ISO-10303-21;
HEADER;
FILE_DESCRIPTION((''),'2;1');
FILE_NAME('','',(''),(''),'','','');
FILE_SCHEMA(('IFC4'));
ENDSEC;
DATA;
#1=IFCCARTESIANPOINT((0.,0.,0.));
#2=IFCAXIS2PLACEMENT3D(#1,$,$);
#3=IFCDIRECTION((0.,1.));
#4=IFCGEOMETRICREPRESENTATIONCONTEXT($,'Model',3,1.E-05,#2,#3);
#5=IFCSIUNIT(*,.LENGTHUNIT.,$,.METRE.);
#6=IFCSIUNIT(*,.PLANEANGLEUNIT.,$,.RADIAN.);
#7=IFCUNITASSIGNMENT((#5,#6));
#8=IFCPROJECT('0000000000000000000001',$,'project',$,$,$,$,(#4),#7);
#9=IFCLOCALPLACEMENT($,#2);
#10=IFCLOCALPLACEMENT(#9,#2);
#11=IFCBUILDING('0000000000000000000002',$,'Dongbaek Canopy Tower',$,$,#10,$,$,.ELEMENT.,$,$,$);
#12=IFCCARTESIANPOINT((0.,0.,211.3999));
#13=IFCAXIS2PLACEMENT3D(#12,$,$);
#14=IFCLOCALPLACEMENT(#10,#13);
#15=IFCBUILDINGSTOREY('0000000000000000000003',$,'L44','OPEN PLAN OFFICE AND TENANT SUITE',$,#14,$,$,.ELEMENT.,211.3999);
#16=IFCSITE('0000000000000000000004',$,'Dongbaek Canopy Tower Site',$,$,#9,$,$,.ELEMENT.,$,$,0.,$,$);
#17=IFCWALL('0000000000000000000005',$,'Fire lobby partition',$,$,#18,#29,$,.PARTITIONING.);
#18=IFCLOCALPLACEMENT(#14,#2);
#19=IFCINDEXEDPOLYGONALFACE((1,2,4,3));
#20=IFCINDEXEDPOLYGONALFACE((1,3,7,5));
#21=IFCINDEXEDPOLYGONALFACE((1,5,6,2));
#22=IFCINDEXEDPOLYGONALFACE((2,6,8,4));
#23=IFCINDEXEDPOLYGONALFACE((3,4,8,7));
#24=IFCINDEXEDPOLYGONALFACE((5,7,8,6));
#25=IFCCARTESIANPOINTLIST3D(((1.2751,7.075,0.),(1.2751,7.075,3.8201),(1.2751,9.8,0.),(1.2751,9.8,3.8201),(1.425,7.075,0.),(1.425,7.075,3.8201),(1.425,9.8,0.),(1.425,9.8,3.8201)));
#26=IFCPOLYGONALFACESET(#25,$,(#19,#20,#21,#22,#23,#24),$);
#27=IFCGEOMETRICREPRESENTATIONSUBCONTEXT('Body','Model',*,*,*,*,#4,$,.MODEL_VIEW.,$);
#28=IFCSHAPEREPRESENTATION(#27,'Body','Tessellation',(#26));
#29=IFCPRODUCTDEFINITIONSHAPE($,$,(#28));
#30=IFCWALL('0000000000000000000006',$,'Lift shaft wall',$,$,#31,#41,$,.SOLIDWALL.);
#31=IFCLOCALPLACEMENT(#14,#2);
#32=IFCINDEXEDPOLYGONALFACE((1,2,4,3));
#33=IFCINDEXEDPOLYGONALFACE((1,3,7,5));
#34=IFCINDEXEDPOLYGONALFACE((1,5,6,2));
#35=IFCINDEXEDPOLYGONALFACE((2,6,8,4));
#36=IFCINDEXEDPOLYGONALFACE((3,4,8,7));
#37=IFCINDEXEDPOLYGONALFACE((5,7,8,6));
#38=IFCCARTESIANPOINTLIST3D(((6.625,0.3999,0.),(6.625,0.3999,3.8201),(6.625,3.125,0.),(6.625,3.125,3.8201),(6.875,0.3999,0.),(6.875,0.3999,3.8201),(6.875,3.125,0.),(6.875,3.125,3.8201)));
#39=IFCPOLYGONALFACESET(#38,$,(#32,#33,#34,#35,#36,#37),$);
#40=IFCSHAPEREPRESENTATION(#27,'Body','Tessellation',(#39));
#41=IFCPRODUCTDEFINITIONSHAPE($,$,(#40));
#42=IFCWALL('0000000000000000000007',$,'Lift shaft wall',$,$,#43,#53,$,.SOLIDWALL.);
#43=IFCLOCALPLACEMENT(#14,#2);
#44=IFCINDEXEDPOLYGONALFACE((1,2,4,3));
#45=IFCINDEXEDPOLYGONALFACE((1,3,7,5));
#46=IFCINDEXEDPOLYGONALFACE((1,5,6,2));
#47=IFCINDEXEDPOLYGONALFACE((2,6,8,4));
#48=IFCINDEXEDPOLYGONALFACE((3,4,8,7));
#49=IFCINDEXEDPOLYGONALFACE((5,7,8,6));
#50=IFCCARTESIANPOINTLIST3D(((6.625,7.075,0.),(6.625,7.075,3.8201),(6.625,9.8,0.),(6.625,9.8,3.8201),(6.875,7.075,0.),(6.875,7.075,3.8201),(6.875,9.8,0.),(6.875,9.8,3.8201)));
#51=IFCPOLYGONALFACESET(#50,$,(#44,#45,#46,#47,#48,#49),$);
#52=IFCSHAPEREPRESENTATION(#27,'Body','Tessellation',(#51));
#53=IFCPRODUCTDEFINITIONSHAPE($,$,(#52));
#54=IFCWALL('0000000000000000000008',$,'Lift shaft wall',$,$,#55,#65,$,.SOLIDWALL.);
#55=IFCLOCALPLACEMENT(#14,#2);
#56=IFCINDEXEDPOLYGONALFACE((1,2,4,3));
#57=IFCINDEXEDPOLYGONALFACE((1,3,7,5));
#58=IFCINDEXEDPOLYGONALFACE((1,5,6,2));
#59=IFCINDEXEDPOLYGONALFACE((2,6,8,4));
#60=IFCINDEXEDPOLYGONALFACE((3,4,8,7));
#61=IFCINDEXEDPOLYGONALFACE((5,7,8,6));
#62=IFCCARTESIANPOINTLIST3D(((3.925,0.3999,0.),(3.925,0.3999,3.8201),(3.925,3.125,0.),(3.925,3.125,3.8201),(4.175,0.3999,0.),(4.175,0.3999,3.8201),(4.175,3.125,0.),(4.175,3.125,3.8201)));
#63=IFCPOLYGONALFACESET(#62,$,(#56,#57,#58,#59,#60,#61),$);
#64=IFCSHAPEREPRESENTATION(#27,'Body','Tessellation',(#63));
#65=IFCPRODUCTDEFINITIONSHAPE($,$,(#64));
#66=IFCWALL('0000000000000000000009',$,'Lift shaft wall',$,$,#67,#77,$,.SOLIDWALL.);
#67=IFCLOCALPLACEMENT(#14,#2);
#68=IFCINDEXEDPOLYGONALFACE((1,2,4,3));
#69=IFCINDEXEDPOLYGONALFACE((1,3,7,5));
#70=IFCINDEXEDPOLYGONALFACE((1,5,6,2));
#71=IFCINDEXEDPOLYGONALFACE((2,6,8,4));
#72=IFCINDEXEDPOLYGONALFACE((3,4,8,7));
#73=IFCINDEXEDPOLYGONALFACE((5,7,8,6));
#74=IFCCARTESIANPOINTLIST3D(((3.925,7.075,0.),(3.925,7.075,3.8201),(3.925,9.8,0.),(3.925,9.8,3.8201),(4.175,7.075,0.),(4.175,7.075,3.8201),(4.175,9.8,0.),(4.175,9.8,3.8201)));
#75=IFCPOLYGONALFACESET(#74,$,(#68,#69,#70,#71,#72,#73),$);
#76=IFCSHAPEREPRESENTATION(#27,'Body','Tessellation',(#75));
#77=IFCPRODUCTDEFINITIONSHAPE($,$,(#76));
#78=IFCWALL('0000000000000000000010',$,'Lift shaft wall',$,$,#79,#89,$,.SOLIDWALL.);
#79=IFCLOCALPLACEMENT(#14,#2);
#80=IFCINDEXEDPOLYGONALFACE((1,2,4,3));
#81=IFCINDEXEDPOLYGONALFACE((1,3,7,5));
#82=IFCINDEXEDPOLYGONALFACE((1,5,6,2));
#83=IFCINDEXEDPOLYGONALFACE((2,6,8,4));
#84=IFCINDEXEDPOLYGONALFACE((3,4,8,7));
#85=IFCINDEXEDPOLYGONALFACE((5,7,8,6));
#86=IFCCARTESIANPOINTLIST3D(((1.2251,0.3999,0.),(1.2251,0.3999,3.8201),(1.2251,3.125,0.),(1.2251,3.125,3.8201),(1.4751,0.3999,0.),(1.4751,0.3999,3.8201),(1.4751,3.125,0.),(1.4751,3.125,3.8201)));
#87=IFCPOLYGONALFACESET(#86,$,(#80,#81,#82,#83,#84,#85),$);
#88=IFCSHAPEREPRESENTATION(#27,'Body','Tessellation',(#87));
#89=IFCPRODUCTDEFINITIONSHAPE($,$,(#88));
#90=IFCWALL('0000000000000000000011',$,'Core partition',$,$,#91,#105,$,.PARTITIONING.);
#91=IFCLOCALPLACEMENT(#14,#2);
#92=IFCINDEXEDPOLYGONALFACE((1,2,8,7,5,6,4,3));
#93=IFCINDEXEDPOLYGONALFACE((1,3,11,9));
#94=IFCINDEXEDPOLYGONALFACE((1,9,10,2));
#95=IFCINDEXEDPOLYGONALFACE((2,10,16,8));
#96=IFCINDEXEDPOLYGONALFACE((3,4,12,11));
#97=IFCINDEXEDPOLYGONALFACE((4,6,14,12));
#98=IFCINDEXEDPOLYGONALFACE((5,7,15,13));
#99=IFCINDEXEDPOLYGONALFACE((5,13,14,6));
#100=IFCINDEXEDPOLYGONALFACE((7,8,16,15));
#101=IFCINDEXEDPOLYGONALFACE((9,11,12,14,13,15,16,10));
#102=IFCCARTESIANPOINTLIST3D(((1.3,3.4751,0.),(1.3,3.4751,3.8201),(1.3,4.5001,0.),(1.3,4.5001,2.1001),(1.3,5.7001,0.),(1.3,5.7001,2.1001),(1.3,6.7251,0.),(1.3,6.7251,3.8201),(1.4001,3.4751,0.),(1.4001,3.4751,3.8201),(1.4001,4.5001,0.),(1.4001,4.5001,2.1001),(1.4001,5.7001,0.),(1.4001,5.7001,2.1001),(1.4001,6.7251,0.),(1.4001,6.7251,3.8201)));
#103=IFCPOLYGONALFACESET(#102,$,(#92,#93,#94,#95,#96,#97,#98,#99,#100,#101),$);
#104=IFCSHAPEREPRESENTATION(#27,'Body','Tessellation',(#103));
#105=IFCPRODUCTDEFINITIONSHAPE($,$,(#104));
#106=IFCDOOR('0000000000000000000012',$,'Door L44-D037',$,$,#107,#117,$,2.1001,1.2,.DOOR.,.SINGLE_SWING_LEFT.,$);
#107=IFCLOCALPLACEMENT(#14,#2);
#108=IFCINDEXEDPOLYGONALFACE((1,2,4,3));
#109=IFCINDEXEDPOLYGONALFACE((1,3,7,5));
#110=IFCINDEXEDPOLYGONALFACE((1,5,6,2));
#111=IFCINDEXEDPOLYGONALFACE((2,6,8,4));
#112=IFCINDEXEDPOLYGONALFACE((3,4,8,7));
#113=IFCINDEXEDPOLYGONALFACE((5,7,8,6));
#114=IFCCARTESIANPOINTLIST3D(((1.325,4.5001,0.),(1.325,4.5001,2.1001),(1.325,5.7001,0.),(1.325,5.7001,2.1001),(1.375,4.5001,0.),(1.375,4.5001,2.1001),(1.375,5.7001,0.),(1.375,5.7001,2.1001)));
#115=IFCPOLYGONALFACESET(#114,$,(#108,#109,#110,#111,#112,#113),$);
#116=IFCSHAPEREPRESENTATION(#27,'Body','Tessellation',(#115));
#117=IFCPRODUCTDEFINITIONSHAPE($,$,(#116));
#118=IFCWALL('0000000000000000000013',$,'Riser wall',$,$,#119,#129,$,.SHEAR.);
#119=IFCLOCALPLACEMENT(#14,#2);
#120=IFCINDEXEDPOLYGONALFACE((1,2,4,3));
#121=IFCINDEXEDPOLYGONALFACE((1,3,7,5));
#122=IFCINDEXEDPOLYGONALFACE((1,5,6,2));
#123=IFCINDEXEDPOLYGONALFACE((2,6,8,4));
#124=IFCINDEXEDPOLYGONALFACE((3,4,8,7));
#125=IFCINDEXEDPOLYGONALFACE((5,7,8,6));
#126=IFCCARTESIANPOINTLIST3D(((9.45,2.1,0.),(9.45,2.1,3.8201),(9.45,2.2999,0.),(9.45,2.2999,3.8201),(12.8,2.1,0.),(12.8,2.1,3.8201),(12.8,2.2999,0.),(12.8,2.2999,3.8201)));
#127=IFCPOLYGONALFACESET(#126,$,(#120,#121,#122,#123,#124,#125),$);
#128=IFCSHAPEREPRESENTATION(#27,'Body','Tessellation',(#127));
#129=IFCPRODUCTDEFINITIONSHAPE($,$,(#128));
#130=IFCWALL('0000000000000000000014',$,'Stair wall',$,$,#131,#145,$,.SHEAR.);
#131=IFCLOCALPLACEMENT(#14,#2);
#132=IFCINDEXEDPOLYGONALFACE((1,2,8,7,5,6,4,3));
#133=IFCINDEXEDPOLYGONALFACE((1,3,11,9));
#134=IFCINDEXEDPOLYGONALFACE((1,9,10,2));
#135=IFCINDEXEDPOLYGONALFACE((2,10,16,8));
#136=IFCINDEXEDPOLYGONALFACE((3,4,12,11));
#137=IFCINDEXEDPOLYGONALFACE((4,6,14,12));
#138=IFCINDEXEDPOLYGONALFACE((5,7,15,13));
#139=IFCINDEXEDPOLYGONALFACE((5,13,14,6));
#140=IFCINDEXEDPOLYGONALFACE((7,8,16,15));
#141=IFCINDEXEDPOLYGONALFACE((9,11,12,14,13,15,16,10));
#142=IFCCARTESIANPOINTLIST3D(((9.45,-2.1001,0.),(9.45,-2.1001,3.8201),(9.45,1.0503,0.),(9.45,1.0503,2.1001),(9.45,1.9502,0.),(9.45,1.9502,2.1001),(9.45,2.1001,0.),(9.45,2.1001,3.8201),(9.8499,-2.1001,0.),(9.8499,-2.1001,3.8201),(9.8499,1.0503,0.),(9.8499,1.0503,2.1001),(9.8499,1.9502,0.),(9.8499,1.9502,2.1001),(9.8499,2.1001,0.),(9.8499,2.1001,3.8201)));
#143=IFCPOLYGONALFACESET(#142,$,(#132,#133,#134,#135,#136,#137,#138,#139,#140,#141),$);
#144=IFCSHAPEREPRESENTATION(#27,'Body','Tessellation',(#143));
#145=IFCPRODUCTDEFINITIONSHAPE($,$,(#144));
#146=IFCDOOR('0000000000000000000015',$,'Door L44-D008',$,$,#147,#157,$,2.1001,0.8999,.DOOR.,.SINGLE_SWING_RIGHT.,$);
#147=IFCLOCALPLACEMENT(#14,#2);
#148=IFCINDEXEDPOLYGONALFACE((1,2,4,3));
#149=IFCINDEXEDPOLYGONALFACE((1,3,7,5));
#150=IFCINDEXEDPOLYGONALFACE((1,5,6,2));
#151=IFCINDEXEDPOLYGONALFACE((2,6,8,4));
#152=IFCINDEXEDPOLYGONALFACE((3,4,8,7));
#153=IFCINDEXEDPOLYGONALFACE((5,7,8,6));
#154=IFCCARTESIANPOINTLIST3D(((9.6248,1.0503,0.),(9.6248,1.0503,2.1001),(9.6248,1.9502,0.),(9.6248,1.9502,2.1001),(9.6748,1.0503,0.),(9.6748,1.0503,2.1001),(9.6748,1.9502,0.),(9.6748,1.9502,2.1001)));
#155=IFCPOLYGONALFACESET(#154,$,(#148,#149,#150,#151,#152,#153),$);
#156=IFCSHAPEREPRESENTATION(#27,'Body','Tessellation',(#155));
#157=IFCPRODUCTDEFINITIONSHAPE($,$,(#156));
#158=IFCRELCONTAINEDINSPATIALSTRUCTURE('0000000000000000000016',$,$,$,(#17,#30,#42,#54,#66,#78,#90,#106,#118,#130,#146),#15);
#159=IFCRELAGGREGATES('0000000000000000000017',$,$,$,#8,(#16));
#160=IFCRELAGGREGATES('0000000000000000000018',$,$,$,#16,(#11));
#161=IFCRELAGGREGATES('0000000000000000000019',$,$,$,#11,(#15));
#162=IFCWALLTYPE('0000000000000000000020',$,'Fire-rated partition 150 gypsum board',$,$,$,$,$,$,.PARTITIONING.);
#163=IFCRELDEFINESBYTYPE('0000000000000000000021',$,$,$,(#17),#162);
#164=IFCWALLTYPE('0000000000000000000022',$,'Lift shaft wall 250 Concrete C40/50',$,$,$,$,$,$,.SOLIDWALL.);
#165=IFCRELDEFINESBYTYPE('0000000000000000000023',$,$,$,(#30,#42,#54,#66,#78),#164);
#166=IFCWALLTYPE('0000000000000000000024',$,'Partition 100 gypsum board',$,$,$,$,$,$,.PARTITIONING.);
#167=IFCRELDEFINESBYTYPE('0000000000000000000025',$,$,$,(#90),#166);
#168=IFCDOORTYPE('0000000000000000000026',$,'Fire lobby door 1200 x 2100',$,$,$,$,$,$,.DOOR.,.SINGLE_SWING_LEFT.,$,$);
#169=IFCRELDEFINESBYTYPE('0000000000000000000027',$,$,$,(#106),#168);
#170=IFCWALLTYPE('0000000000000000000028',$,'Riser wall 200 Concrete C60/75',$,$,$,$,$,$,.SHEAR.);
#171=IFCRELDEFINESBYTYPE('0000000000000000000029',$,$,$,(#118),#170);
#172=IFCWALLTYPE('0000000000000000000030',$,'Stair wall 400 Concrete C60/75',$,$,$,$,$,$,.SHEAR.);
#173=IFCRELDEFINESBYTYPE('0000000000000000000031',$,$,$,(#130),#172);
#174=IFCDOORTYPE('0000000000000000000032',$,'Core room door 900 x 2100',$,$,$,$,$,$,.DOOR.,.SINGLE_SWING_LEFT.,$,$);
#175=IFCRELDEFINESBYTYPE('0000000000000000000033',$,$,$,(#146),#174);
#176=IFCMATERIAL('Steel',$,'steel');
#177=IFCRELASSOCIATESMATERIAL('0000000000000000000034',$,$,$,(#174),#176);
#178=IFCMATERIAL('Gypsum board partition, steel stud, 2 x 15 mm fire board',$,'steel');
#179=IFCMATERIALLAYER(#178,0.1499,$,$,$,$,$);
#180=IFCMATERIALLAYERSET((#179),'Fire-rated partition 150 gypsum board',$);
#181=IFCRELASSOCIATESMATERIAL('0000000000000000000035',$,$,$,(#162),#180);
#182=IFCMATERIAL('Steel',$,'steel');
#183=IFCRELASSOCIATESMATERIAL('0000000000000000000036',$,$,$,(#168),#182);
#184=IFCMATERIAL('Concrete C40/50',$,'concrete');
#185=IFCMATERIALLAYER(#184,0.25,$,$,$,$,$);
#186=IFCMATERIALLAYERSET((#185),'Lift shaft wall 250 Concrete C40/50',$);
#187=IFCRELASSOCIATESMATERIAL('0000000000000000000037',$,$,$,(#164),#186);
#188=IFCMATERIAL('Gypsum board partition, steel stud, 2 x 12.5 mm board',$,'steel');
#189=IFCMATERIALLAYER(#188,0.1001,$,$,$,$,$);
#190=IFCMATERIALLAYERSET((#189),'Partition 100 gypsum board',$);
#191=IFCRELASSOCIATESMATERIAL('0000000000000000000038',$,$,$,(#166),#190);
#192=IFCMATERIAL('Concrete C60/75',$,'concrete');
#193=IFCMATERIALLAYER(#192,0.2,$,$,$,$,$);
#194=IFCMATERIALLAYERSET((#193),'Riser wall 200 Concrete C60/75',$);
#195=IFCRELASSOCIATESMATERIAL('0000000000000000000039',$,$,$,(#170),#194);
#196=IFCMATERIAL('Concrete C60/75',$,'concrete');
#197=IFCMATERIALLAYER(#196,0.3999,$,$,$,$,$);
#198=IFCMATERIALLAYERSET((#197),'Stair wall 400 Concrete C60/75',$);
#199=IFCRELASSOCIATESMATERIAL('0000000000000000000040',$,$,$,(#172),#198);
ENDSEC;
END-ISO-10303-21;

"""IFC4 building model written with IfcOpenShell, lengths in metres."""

from ifc_helpers import new_model, si_unit, direction, frame, frame_2d, origin, place, context, subcontext, project, spatial, rectangle, extrude, material, layer, layer_set, type_object, element, fill, save


model = new_model("IFC4")

# Units and contexts
model_context = context("Model", 3, precision=1e-05, world=origin(), true_north=direction((0.0, 1.0)))
body_context = subcontext(model_context, "Body", "Model", "MODEL_VIEW")
ifc_project = project(units=[si_unit("LENGTHUNIT", "METRE"), si_unit("PLANEANGLEUNIT", "RADIAN")], contexts=[model_context])

# Site, building, storey
site_placement = place(None, origin())
site = spatial("IfcSite", under=ifc_project, at=site_placement, Name="Dongbaek Canopy Tower Site", CompositionType="ELEMENT", RefElevation=0.0)
building_placement = place(site_placement, origin())
building = spatial("IfcBuilding", under=site, at=building_placement, Name="Dongbaek Canopy Tower", CompositionType="ELEMENT")
storey_placement = place(building_placement, frame((0.0, 0.0, 211.3999)))
storey = spatial("IfcBuildingStorey", under=building, at=storey_placement, Name="L44", Description="OPEN PLAN OFFICE AND TENANT SUITE", CompositionType="ELEMENT", Elevation=211.3999)

# Shared definitions
ifc_material_1 = material(Name="Steel", Category="steel")
door_type_1 = type_object("IfcDoorType", Name="Core room door 900 x 2100", OperationType="SINGLE_SWING_LEFT", PredefinedType="DOOR", material=ifc_material_1)

# Shared definitions
ifc_material_2 = material(Name="Gypsum board partition, steel stud, 2 x 15 mm fire board", Category="steel")
ifc_layer_1 = layer(ifc_material_2, 0.1499)
ifc_layer_set_1 = layer_set([ifc_layer_1], Name="Fire-rated partition 150 gypsum board")
wall_type_1 = type_object("IfcWallType", Name="Fire-rated partition 150 gypsum board", PredefinedType="PARTITIONING", material=ifc_layer_set_1)
ifc_material_3 = material(Name="Steel", Category="steel")
door_type_2 = type_object("IfcDoorType", Name="Fire lobby door 1200 x 2100", OperationType="SINGLE_SWING_LEFT", PredefinedType="DOOR", material=ifc_material_3)

# Walls
wall_1_placement = place(storey_placement, frame((1.3501, 7.075, 0.0), z_axis=(0.0, 0.0, 1.0), x_axis=(0.0, 1.0, 0.0)))
element("IfcWall", 1, at=wall_1_placement, inside=storey, type_object=wall_type_1, Name="Fire lobby partition", PredefinedType="PARTITIONING", context=body_context, shape_type="SweptSolid", body=[
    extrude(rectangle(XDim=2.7251, YDim=0.1499, at=frame_2d((1.3625, 0.0))), origin(), (0.0, 0.0, 1.0), 3.8201),
])
ifc_material_4 = material(Name="Concrete C40/50", Category="concrete")
ifc_layer_2 = layer(ifc_material_4, 0.25)
ifc_layer_set_2 = layer_set([ifc_layer_2], Name="Lift shaft wall 250 Concrete C40/50")
wall_type_2 = type_object("IfcWallType", Name="Lift shaft wall 250 Concrete C40/50", PredefinedType="SOLIDWALL", material=ifc_layer_set_2)
for number, where, z_axis, x_axis, name in (
    (2, (6.75, 0.3999, 0.0), (0.0, 0.0, 1.0), (0.0, 1.0, 0.0), "Lift shaft wall"),
    (3, (6.75, 7.075, 0.0), (0.0, 0.0, 1.0), (0.0, 1.0, 0.0), "Lift shaft wall"),
    (4, (4.05, 0.3999, 0.0), (0.0, 0.0, 1.0), (0.0, 1.0, 0.0), "Lift shaft wall"),
    (5, (4.05, 7.075, 0.0), (0.0, 0.0, 1.0), (0.0, 1.0, 0.0), "Lift shaft wall"),
    (6, (1.3501, 0.3999, 0.0), (0.0, 0.0, 1.0), (0.0, 1.0, 0.0), "Lift shaft wall"),
):
    element("IfcWall", number, at=place(storey_placement, frame(where, z_axis=z_axis, x_axis=x_axis)), inside=storey, type_object=wall_type_2, Name=name, PredefinedType="SOLIDWALL", context=body_context, shape_type="SweptSolid", body=[
        extrude(rectangle(XDim=2.7251, YDim=0.25, at=frame_2d((1.3625, 0.0))), origin(), (0.0, 0.0, 1.0), 3.8201),
    ])

# Wall, opening, door
ifc_material_5 = material(Name="Gypsum board partition, steel stud, 2 x 12.5 mm board", Category="steel")
ifc_layer_3 = layer(ifc_material_5, 0.1001)
ifc_layer_set_3 = layer_set([ifc_layer_3], Name="Partition 100 gypsum board")
wall_type_3 = type_object("IfcWallType", Name="Partition 100 gypsum board", PredefinedType="PARTITIONING", material=ifc_layer_set_3)
wall_2_placement = place(storey_placement, frame((1.3501, 6.7251, 0.0), z_axis=(0.0, 0.0, 1.0), x_axis=(0.0, -1.0, 0.0)))
wall_2 = element("IfcWall", 7, at=wall_2_placement, inside=storey, type_object=wall_type_3, Name="Core partition", PredefinedType="PARTITIONING", context=body_context, shape_type="SweptSolid", body=[
    extrude(rectangle(XDim=3.25, YDim=0.1001, at=frame_2d((1.625, 0.0))), origin(), (0.0, 0.0, 1.0), 3.8201),
])
opening_1_placement = place(wall_2_placement, frame((1.0249, 0.0, 0.0)))
opening_1 = element("IfcOpeningElement", 8, at=opening_1_placement, cuts=wall_2, PredefinedType="OPENING", context=body_context, shape_type="SweptSolid", body=[
    extrude(rectangle(XDim=1.2, YDim=2.1001, at=frame_2d((0.6001, 1.05))), frame((0.0, 0.0601, 0.0), z_axis=(0.0, -1.0, 0.0), x_axis=(1.0, 0.0, 0.0)), (0.0, 0.0, 1.0), 0.1201),
])
door_1_placement = place(opening_1_placement, origin())
door_1 = element("IfcDoor", 9, at=door_1_placement, inside=storey, type_object=door_type_2, Name="Door L44-D037", OperationType="SINGLE_SWING_LEFT", OverallHeight=2.1001, OverallWidth=1.2, PredefinedType="DOOR", context=body_context, shape_type="SweptSolid", body=[
    extrude(rectangle(XDim=1.2, YDim=2.1001, at=frame_2d((0.6001, 1.05))), frame((0.0, 0.0249, 0.0), z_axis=(0.0, -1.0, 0.0), x_axis=(1.0, 0.0, 0.0)), (0.0, 0.0, 1.0), 0.05),
])
fill(opening_1, door_1)

# Wall
ifc_material_6 = material(Name="Concrete C60/75", Category="concrete")
ifc_layer_4 = layer(ifc_material_6, 0.2)
ifc_layer_set_4 = layer_set([ifc_layer_4], Name="Riser wall 200 Concrete C60/75")
wall_type_4 = type_object("IfcWallType", Name="Riser wall 200 Concrete C60/75", PredefinedType="SHEAR", material=ifc_layer_set_4)
wall_3_placement = place(storey_placement, frame((9.45, 2.2, 0.0), z_axis=(0.0, 0.0, 1.0), x_axis=(1.0, 0.0, 0.0)))
element("IfcWall", 10, at=wall_3_placement, inside=storey, type_object=wall_type_4, Name="Riser wall", PredefinedType="SHEAR", context=body_context, shape_type="SweptSolid", body=[
    extrude(rectangle(XDim=3.3501, YDim=0.2, at=frame_2d((1.675, 0.0))), origin(), (0.0, 0.0, 1.0), 3.8201),
])

# Wall, opening, door
ifc_material_7 = material(Name="Concrete C60/75", Category="concrete")
ifc_layer_5 = layer(ifc_material_7, 0.3999)
ifc_layer_set_5 = layer_set([ifc_layer_5], Name="Stair wall 400 Concrete C60/75")
wall_type_5 = type_object("IfcWallType", Name="Stair wall 400 Concrete C60/75", PredefinedType="SHEAR", material=ifc_layer_set_5)
wall_4_placement = place(storey_placement, frame((9.6499, 2.1001, 0.0), z_axis=(0.0, 0.0, 1.0), x_axis=(0.0, -1.0, 0.0)))
wall_4 = element("IfcWall", 11, at=wall_4_placement, inside=storey, type_object=wall_type_5, Name="Stair wall", PredefinedType="SHEAR", context=body_context, shape_type="SweptSolid", body=[
    extrude(rectangle(XDim=4.2002, YDim=0.3999, at=frame_2d((2.1001, 0.0))), origin(), (0.0, 0.0, 1.0), 3.8201),
])
opening_2_placement = place(wall_4_placement, frame((0.1499, 0.0, 0.0)))
opening_2 = element("IfcOpeningElement", 12, at=opening_2_placement, cuts=wall_4, PredefinedType="OPENING", context=body_context, shape_type="SweptSolid", body=[
    extrude(rectangle(XDim=0.8999, YDim=2.1001, at=frame_2d((0.45, 1.05))), frame((0.0, 0.21, 0.0), z_axis=(0.0, -1.0, 0.0), x_axis=(1.0, 0.0, 0.0)), (0.0, 0.0, 1.0), 0.4199),
])
door_2_placement = place(opening_2_placement, origin())
door_2 = element("IfcDoor", 13, at=door_2_placement, inside=storey, type_object=door_type_1, Name="Door L44-D008", OperationType="SINGLE_SWING_RIGHT", OverallHeight=2.1001, OverallWidth=0.8999, PredefinedType="DOOR", context=body_context, shape_type="SweptSolid", body=[
    extrude(rectangle(XDim=0.8999, YDim=2.1001, at=frame_2d((0.45, 1.05))), frame((0.0, 0.0249, 0.0), z_axis=(0.0, -1.0, 0.0), x_axis=(1.0, 0.0, 0.0)), (0.0, 0.0, 1.0), 0.05),
])
fill(opening_2, door_2)

save(model, "model.ifc")
